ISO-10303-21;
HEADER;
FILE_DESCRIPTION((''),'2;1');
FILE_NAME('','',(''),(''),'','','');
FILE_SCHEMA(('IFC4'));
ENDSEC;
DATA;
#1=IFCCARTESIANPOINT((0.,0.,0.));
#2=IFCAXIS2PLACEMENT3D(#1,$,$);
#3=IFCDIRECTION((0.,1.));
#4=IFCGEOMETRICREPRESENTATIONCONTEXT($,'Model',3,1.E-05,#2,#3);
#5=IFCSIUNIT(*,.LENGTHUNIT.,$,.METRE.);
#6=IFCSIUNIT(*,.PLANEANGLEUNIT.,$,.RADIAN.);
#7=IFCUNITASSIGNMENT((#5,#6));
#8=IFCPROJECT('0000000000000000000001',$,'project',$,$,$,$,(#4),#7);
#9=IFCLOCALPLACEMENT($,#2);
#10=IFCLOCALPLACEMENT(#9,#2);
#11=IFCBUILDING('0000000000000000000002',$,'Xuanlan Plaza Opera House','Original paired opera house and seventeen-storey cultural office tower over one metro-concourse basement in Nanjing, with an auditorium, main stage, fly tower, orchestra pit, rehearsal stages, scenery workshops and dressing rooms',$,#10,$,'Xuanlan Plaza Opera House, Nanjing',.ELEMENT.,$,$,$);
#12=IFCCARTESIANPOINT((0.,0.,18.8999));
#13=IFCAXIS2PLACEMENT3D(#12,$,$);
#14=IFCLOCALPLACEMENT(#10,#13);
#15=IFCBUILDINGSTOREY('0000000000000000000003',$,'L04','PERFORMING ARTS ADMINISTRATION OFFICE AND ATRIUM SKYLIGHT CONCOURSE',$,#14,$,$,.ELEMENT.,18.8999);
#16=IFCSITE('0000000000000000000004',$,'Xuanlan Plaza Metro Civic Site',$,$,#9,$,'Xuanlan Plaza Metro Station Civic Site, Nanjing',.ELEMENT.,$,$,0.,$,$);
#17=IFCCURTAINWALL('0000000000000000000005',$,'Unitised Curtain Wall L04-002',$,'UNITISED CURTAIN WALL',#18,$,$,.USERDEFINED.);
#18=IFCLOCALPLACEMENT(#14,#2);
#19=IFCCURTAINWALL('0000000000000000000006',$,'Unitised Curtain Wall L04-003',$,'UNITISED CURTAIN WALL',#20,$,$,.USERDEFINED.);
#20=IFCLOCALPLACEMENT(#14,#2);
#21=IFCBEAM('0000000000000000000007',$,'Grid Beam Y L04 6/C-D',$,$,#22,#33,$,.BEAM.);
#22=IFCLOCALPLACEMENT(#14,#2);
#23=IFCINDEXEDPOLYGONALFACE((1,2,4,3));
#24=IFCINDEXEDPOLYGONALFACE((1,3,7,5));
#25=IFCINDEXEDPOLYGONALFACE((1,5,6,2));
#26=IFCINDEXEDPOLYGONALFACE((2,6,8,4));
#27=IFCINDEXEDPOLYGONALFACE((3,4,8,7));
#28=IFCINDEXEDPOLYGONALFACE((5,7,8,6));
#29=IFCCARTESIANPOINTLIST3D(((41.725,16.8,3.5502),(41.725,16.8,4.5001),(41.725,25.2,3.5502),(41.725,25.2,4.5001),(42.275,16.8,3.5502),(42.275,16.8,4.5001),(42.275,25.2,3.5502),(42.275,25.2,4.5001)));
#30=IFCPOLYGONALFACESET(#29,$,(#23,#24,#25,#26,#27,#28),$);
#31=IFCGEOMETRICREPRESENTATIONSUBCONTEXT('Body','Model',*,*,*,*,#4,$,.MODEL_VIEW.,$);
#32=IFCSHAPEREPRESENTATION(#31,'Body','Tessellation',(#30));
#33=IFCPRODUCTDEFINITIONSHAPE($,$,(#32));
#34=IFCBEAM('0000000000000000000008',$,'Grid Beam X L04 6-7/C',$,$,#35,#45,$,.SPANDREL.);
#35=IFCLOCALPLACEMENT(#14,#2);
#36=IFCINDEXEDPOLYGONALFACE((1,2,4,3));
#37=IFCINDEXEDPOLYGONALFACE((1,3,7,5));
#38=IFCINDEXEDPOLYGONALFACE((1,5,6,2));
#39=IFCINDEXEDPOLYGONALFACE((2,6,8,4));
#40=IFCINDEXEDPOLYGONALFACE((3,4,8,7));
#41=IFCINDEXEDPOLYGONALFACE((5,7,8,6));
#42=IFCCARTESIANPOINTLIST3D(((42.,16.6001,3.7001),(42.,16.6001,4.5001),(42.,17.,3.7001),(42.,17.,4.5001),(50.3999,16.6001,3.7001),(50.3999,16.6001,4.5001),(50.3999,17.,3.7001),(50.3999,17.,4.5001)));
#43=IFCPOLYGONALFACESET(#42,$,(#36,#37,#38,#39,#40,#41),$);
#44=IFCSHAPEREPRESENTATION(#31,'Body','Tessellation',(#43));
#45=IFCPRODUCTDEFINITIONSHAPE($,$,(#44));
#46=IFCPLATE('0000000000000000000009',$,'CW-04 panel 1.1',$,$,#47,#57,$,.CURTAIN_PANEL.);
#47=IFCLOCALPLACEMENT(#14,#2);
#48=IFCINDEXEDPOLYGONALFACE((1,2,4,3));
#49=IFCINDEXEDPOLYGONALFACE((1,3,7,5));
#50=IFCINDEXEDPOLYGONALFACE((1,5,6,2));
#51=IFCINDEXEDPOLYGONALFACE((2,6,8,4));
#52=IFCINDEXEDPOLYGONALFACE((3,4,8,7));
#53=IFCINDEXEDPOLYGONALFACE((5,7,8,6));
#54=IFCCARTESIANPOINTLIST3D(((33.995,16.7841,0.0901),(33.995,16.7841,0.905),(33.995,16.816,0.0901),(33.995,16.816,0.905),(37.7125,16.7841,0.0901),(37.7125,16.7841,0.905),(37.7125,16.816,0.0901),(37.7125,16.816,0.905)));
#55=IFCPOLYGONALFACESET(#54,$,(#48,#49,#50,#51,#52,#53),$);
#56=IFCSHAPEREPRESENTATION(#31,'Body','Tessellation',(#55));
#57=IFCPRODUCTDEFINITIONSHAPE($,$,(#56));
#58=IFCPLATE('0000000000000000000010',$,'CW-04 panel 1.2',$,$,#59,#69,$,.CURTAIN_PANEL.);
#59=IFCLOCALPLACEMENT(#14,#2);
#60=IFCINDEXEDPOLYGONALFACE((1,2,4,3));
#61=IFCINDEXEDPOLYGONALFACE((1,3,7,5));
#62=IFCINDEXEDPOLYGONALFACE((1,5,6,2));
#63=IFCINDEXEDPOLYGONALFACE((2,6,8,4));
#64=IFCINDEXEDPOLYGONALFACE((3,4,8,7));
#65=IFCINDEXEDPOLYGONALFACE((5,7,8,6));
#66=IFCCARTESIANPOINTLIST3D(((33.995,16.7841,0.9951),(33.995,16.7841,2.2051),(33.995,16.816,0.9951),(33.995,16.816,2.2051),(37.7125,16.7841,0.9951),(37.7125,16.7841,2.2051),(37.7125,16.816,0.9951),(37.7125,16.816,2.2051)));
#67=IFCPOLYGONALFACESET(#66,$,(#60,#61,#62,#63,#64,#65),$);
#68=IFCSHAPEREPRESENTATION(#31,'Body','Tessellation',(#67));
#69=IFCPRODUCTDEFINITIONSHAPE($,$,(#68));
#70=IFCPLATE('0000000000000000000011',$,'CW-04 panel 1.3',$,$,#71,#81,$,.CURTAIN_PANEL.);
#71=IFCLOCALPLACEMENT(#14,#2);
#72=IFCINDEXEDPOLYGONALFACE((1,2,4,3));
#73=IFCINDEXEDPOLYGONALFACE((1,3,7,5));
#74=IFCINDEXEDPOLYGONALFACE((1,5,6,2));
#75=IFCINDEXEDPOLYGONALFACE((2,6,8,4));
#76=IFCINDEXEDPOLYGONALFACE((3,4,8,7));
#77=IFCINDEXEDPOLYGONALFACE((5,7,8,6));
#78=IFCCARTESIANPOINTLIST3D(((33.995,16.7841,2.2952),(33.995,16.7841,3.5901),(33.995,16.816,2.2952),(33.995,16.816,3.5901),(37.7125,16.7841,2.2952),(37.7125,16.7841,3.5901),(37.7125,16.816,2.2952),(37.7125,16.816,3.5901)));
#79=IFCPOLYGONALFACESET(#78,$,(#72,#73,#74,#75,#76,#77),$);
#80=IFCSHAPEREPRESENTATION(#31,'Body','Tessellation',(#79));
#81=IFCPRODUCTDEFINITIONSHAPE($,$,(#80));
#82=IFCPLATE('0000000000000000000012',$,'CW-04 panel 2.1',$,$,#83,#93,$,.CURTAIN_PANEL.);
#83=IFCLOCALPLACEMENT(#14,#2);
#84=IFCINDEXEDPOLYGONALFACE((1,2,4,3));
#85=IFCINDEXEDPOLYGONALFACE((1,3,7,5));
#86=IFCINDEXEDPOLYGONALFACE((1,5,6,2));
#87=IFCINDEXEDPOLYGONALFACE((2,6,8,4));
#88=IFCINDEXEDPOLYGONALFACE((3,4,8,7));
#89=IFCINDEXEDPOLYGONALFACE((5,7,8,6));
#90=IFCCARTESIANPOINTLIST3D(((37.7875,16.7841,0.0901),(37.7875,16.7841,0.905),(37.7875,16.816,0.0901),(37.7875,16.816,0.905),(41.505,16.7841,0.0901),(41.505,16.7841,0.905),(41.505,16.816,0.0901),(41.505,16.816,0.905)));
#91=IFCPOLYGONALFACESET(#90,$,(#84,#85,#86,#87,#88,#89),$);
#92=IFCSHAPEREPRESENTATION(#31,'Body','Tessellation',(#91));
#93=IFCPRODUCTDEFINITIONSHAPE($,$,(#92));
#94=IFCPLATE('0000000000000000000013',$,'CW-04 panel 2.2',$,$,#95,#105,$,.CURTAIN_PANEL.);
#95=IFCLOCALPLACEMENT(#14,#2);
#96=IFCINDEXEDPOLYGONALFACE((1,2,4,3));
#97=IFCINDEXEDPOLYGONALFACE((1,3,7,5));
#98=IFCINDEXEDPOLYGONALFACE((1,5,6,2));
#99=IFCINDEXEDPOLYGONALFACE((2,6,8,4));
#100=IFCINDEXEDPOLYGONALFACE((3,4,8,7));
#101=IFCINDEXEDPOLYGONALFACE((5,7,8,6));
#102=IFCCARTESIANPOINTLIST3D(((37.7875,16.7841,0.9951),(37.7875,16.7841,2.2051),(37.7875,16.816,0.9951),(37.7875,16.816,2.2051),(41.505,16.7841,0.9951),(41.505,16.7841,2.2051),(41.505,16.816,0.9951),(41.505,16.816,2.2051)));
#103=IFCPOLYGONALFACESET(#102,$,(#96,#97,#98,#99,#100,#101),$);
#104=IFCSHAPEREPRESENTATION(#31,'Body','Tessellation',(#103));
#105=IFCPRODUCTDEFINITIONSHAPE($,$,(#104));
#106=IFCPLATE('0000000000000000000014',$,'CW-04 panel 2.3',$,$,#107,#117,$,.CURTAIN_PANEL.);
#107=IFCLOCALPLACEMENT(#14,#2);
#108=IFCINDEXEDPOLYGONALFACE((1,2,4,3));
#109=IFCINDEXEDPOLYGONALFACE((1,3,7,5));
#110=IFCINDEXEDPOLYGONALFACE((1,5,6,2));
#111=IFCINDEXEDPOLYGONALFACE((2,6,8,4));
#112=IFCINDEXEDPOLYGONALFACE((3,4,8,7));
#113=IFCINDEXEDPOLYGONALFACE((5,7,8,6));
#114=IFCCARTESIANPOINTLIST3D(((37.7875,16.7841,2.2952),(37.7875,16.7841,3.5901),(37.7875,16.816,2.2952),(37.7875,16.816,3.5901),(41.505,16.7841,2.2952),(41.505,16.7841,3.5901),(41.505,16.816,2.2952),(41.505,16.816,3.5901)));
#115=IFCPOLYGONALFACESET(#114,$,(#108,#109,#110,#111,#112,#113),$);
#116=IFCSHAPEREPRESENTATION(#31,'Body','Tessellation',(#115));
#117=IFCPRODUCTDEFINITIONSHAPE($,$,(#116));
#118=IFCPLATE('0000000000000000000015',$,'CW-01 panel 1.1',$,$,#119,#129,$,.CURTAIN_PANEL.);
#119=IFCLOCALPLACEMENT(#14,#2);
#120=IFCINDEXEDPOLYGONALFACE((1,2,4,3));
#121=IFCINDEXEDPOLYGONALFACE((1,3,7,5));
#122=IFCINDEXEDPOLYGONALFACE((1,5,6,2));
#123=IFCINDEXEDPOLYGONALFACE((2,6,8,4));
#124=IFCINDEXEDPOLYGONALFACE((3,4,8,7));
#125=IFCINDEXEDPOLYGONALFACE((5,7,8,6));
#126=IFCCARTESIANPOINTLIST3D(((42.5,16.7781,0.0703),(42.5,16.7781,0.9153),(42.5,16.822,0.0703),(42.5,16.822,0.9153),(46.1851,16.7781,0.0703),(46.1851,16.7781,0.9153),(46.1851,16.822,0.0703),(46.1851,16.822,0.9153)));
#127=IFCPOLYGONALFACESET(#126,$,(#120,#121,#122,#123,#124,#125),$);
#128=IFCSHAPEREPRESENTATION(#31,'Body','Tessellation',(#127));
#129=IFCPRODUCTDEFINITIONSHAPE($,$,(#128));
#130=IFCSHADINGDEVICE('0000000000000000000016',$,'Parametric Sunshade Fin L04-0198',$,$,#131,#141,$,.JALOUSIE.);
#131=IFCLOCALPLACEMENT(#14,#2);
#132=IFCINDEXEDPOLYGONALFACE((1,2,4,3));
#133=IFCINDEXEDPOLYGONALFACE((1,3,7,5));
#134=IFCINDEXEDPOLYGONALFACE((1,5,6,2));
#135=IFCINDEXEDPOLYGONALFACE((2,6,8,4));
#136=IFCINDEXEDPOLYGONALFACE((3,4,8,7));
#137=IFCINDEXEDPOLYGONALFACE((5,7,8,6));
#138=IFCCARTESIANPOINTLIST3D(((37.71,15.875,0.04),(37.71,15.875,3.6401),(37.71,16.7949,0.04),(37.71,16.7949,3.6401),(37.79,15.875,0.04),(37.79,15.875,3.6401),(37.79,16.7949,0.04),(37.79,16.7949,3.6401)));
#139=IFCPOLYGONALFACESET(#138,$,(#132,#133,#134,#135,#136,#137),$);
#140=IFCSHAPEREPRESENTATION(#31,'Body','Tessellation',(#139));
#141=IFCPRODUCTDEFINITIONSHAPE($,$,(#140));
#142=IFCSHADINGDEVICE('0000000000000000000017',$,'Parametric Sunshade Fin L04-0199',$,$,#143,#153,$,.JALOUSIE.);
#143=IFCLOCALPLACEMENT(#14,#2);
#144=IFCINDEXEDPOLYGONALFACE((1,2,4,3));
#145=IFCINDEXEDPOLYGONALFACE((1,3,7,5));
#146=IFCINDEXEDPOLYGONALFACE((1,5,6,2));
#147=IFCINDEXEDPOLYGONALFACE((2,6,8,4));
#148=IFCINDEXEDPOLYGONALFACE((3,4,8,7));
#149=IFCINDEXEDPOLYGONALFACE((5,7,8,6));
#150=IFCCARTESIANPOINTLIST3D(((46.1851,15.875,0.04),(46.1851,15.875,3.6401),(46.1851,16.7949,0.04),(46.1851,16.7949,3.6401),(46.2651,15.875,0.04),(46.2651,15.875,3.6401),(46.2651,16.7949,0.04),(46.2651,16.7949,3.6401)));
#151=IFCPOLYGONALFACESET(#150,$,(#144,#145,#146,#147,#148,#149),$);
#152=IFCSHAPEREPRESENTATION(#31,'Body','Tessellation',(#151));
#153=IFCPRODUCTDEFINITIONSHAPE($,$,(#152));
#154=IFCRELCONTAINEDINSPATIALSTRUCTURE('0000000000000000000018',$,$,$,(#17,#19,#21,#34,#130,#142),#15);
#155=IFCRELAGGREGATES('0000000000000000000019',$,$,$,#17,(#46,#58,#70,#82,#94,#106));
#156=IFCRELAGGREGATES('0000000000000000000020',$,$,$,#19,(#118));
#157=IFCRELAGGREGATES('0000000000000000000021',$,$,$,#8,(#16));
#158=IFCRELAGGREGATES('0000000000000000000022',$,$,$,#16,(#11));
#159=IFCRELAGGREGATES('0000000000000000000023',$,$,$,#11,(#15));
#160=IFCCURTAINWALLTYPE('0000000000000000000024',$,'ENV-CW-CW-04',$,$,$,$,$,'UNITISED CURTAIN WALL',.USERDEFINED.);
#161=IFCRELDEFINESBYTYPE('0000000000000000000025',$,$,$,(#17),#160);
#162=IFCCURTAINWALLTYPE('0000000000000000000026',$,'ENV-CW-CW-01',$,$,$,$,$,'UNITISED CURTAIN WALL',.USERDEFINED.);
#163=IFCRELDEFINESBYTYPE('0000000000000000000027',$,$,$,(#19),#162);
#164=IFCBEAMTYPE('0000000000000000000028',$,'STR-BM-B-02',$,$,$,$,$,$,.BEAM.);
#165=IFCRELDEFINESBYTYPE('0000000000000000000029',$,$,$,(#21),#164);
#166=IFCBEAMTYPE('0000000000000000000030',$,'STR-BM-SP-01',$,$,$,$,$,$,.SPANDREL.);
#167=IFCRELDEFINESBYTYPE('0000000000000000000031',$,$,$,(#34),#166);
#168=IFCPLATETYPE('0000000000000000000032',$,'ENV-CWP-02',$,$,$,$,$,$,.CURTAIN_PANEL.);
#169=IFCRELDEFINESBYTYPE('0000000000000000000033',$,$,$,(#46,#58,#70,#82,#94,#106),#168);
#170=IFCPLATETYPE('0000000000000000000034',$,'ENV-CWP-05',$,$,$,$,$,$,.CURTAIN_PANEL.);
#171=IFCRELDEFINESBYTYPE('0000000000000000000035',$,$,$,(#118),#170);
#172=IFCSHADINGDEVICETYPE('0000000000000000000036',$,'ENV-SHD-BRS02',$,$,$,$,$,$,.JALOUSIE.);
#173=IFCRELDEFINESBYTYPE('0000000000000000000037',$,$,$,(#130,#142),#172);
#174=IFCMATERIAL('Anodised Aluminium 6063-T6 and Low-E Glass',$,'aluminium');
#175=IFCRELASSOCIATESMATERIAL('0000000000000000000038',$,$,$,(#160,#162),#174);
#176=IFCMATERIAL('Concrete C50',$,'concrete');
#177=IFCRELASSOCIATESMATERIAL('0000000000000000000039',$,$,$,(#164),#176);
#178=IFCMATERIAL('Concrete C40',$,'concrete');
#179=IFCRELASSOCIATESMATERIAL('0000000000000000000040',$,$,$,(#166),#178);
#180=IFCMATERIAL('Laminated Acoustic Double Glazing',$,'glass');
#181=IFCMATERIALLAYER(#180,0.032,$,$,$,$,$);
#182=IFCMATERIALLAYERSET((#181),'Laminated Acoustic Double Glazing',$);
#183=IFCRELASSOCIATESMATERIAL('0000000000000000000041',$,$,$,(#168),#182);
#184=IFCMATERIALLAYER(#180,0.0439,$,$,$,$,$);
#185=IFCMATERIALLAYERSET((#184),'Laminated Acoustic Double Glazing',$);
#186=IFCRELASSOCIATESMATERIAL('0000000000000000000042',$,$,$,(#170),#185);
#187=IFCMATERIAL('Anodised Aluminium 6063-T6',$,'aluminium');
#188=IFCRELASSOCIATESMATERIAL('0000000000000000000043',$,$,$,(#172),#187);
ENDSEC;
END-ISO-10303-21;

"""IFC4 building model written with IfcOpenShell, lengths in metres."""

from ifc_helpers import new_model, si_unit, direction, frame, origin, origin_2d, place, context, subcontext, project, spatial, rectangle, extrude, material, layer, layer_set, material_profile, profile_set, type_object, element, aggregate, save


model = new_model("IFC4")

# Units and contexts
model_context = context("Model", 3, precision=1e-05, world=origin(), true_north=direction((0.0, 1.0)))
body_context = subcontext(model_context, "Body", "Model", "MODEL_VIEW")
ifc_project = project(units=[si_unit("LENGTHUNIT", "METRE"), si_unit("PLANEANGLEUNIT", "RADIAN")], contexts=[model_context])

# Site, building, storey
site_placement = place(None, origin())
site = spatial("IfcSite", under=ifc_project, at=site_placement, Name="Xuanlan Plaza Metro Civic Site", LongName="Xuanlan Plaza Metro Station Civic Site, Nanjing", CompositionType="ELEMENT", RefElevation=0.0)
building_placement = place(site_placement, origin())
building = spatial("IfcBuilding", under=site, at=building_placement, Name="Xuanlan Plaza Opera House", Description="Original paired opera house and seventeen-storey cultural office tower over one metro-concourse basement in Nanjing, with an auditorium, main stage, fly tower, orchestra pit, rehearsal stages, scenery workshops and dressing rooms", LongName="Xuanlan Plaza Opera House, Nanjing", CompositionType="ELEMENT")
storey_placement = place(building_placement, frame((0.0, 0.0, 18.8999)))
storey = spatial("IfcBuildingStorey", under=building, at=storey_placement, Name="L04", Description="PERFORMING ARTS ADMINISTRATION OFFICE AND ATRIUM SKYLIGHT CONCOURSE", CompositionType="ELEMENT", Elevation=18.8999)

# Shared definitions
ifc_material_1 = material(Name="Concrete C40", Category="concrete")

# Curtain walls
ifc_material_2 = material(Name="Anodised Aluminium 6063-T6 and Low-E Glass", Category="aluminium")
curtain_wall_type_1 = type_object("IfcCurtainWallType", Name="ENV-CW-CW-04", ElementType="UNITISED CURTAIN WALL", PredefinedType="USERDEFINED", material=ifc_material_2)
curtain_wall_1_placement = place(storey_placement, origin())
curtain_wall_1 = element("IfcCurtainWall", 1, at=curtain_wall_1_placement, inside=storey, type_object=curtain_wall_type_1, Name="Unitised Curtain Wall L04-002", ObjectType="UNITISED CURTAIN WALL", PredefinedType="USERDEFINED")
ifc_material_3 = material(Name="Anodised Aluminium 6063-T6", Category="aluminium")
curtain_wall_type_2 = type_object("IfcCurtainWallType", Name="ENV-CW-CW-01", ElementType="UNITISED CURTAIN WALL", PredefinedType="USERDEFINED", material=ifc_material_2)
curtain_wall_2_placement = place(storey_placement, origin())
curtain_wall_2 = element("IfcCurtainWall", 2, at=curtain_wall_2_placement, inside=storey, type_object=curtain_wall_type_2, Name="Unitised Curtain Wall L04-003", ObjectType="UNITISED CURTAIN WALL", PredefinedType="USERDEFINED")

# Beams
ifc_material_4 = material(Name="Concrete C50", Category="concrete")
ifc_material_profile_1 = material_profile(ifc_material_4, rectangle(XDim=0.55, YDim=0.95, at=origin_2d()), Name="RC-BM 550x950")
ifc_profile_set_1 = profile_set([ifc_material_profile_1], Name="Concrete C50")
beam_type_1 = type_object("IfcBeamType", Name="STR-BM-B-02", PredefinedType="BEAM", material=ifc_profile_set_1)
beam_1_placement = place(storey_placement, frame((42.0, 16.8, 4.0251), z_axis=(0.0, 1.0, 0.0), x_axis=(-1.0, 0.0, 0.0)))
element("IfcBeam", 3, at=beam_1_placement, inside=storey, type_object=beam_type_1, Name="Grid Beam Y L04 6/C-D", PredefinedType="BEAM", context=body_context, shape_type="SweptSolid", body=[
    extrude(rectangle(XDim=0.55, YDim=0.95, at=origin_2d()), origin(), (0.0, 0.0, 1.0), 8.3999),
])
ifc_material_profile_2 = material_profile(ifc_material_1, rectangle(XDim=0.3999, YDim=0.8, at=origin_2d()), Name="RC-SPD 400x800")
ifc_profile_set_2 = profile_set([ifc_material_profile_2], Name="Concrete C40")
beam_type_2 = type_object("IfcBeamType", Name="STR-BM-SP-01", PredefinedType="SPANDREL", material=ifc_profile_set_2)
beam_2_placement = place(storey_placement, frame((42.0, 16.8, 4.1001), z_axis=(1.0, 0.0, 0.0), x_axis=(0.0, 1.0, 0.0)))
element("IfcBeam", 4, at=beam_2_placement, inside=storey, type_object=beam_type_2, Name="Grid Beam X L04 6-7/C", PredefinedType="SPANDREL", context=body_context, shape_type="SweptSolid", body=[
    extrude(rectangle(XDim=0.3999, YDim=0.8, at=origin_2d()), origin(), (0.0, 0.0, 1.0), 8.3999),
])

# Plates
ifc_material_5 = material(Name="Laminated Acoustic Double Glazing", Category="glass")
ifc_layer_1 = layer(ifc_material_5, 0.032)
ifc_layer_set_1 = layer_set([ifc_layer_1], Name="Laminated Acoustic Double Glazing")
plate_type_1 = type_object("IfcPlateType", Name="ENV-CWP-02", PredefinedType="CURTAIN_PANEL", material=ifc_layer_set_1)
plate_1_placement = place(storey_placement, frame((35.8538, 16.8, 0.0901), z_axis=(0.0, 0.0, 1.0), x_axis=(1.0, 0.0, 0.0)))
plate_1 = element("IfcPlate", 5, at=plate_1_placement, type_object=plate_type_1, Name="CW-04 panel 1.1", PredefinedType="CURTAIN_PANEL", context=body_context, shape_type="SweptSolid", body=[
    extrude(rectangle(XDim=3.7175, YDim=0.032, at=origin_2d()), origin(), (0.0, 0.0, 1.0), 0.8149),
])
plate_2_placement = place(storey_placement, frame((35.8538, 16.8, 0.9951), z_axis=(0.0, 0.0, 1.0), x_axis=(1.0, 0.0, 0.0)))
plate_2 = element("IfcPlate", 6, at=plate_2_placement, type_object=plate_type_1, Name="CW-04 panel 1.2", PredefinedType="CURTAIN_PANEL", context=body_context, shape_type="SweptSolid", body=[
    extrude(rectangle(XDim=3.7175, YDim=0.032, at=origin_2d()), origin(), (0.0, 0.0, 1.0), 1.21),
])
plate_3_placement = place(storey_placement, frame((35.8538, 16.8, 2.2952), z_axis=(0.0, 0.0, 1.0), x_axis=(1.0, 0.0, 0.0)))
plate_3 = element("IfcPlate", 7, at=plate_3_placement, type_object=plate_type_1, Name="CW-04 panel 1.3", PredefinedType="CURTAIN_PANEL", context=body_context, shape_type="SweptSolid", body=[
    extrude(rectangle(XDim=3.7175, YDim=0.032, at=origin_2d()), origin(), (0.0, 0.0, 1.0), 1.2949),
])
plate_4_placement = place(storey_placement, frame((39.6462, 16.8, 0.0901), z_axis=(0.0, 0.0, 1.0), x_axis=(1.0, 0.0, 0.0)))
plate_4 = element("IfcPlate", 8, at=plate_4_placement, type_object=plate_type_1, Name="CW-04 panel 2.1", PredefinedType="CURTAIN_PANEL", context=body_context, shape_type="SweptSolid", body=[
    extrude(rectangle(XDim=3.7175, YDim=0.032, at=origin_2d()), origin(), (0.0, 0.0, 1.0), 0.8149),
])
plate_5_placement = place(storey_placement, frame((39.6462, 16.8, 0.9951), z_axis=(0.0, 0.0, 1.0), x_axis=(1.0, 0.0, 0.0)))
plate_5 = element("IfcPlate", 9, at=plate_5_placement, type_object=plate_type_1, Name="CW-04 panel 2.2", PredefinedType="CURTAIN_PANEL", context=body_context, shape_type="SweptSolid", body=[
    extrude(rectangle(XDim=3.7175, YDim=0.032, at=origin_2d()), origin(), (0.0, 0.0, 1.0), 1.21),
])
plate_6_placement = place(storey_placement, frame((39.6462, 16.8, 2.2952), z_axis=(0.0, 0.0, 1.0), x_axis=(1.0, 0.0, 0.0)))
plate_6 = element("IfcPlate", 10, at=plate_6_placement, type_object=plate_type_1, Name="CW-04 panel 2.3", PredefinedType="CURTAIN_PANEL", context=body_context, shape_type="SweptSolid", body=[
    extrude(rectangle(XDim=3.7175, YDim=0.032, at=origin_2d()), origin(), (0.0, 0.0, 1.0), 1.2949),
])
aggregate(curtain_wall_1, [plate_1, plate_2, plate_3, plate_4, plate_5, plate_6])
ifc_layer_2 = layer(ifc_material_5, 0.0439)
ifc_layer_set_2 = layer_set([ifc_layer_2], Name="Laminated Acoustic Double Glazing")
plate_type_2 = type_object("IfcPlateType", Name="ENV-CWP-05", PredefinedType="CURTAIN_PANEL", material=ifc_layer_set_2)
plate_7_placement = place(storey_placement, frame((44.3425, 16.8, 0.0703), z_axis=(0.0, 0.0, 1.0), x_axis=(1.0, 0.0, 0.0)))
plate_7 = element("IfcPlate", 11, at=plate_7_placement, type_object=plate_type_2, Name="CW-01 panel 1.1", PredefinedType="CURTAIN_PANEL", context=body_context, shape_type="SweptSolid", body=[
    extrude(rectangle(XDim=3.6851, YDim=0.0439, at=origin_2d()), origin(), (0.0, 0.0, 1.0), 0.845),
])
aggregate(curtain_wall_2, [plate_7])

# Shading devices
shading_device_type = type_object("IfcShadingDeviceType", Name="ENV-SHD-BRS02", PredefinedType="JALOUSIE", material=ifc_material_3)
for number, where, z_axis, x_axis, name in (
    (12, (37.75, 16.335, 0.04), (0.0, 0.0, 1.0), (0.0, -1.0, 0.0), "Parametric Sunshade Fin L04-0198"),
    (13, (46.2251, 16.335, 0.04), (0.0, 0.0, 1.0), (0.0, -1.0, 0.0), "Parametric Sunshade Fin L04-0199"),
):
    element("IfcShadingDevice", number, at=place(storey_placement, frame(where, z_axis=z_axis, x_axis=x_axis)), inside=storey, type_object=shading_device_type, Name=name, PredefinedType="JALOUSIE", context=body_context, shape_type="SweptSolid", body=[
        extrude(rectangle(XDim=0.9199, YDim=0.0801, at=origin_2d()), origin(), (0.0, 0.0, 1.0), 3.6001),
    ])

save(model, "model.ifc")
